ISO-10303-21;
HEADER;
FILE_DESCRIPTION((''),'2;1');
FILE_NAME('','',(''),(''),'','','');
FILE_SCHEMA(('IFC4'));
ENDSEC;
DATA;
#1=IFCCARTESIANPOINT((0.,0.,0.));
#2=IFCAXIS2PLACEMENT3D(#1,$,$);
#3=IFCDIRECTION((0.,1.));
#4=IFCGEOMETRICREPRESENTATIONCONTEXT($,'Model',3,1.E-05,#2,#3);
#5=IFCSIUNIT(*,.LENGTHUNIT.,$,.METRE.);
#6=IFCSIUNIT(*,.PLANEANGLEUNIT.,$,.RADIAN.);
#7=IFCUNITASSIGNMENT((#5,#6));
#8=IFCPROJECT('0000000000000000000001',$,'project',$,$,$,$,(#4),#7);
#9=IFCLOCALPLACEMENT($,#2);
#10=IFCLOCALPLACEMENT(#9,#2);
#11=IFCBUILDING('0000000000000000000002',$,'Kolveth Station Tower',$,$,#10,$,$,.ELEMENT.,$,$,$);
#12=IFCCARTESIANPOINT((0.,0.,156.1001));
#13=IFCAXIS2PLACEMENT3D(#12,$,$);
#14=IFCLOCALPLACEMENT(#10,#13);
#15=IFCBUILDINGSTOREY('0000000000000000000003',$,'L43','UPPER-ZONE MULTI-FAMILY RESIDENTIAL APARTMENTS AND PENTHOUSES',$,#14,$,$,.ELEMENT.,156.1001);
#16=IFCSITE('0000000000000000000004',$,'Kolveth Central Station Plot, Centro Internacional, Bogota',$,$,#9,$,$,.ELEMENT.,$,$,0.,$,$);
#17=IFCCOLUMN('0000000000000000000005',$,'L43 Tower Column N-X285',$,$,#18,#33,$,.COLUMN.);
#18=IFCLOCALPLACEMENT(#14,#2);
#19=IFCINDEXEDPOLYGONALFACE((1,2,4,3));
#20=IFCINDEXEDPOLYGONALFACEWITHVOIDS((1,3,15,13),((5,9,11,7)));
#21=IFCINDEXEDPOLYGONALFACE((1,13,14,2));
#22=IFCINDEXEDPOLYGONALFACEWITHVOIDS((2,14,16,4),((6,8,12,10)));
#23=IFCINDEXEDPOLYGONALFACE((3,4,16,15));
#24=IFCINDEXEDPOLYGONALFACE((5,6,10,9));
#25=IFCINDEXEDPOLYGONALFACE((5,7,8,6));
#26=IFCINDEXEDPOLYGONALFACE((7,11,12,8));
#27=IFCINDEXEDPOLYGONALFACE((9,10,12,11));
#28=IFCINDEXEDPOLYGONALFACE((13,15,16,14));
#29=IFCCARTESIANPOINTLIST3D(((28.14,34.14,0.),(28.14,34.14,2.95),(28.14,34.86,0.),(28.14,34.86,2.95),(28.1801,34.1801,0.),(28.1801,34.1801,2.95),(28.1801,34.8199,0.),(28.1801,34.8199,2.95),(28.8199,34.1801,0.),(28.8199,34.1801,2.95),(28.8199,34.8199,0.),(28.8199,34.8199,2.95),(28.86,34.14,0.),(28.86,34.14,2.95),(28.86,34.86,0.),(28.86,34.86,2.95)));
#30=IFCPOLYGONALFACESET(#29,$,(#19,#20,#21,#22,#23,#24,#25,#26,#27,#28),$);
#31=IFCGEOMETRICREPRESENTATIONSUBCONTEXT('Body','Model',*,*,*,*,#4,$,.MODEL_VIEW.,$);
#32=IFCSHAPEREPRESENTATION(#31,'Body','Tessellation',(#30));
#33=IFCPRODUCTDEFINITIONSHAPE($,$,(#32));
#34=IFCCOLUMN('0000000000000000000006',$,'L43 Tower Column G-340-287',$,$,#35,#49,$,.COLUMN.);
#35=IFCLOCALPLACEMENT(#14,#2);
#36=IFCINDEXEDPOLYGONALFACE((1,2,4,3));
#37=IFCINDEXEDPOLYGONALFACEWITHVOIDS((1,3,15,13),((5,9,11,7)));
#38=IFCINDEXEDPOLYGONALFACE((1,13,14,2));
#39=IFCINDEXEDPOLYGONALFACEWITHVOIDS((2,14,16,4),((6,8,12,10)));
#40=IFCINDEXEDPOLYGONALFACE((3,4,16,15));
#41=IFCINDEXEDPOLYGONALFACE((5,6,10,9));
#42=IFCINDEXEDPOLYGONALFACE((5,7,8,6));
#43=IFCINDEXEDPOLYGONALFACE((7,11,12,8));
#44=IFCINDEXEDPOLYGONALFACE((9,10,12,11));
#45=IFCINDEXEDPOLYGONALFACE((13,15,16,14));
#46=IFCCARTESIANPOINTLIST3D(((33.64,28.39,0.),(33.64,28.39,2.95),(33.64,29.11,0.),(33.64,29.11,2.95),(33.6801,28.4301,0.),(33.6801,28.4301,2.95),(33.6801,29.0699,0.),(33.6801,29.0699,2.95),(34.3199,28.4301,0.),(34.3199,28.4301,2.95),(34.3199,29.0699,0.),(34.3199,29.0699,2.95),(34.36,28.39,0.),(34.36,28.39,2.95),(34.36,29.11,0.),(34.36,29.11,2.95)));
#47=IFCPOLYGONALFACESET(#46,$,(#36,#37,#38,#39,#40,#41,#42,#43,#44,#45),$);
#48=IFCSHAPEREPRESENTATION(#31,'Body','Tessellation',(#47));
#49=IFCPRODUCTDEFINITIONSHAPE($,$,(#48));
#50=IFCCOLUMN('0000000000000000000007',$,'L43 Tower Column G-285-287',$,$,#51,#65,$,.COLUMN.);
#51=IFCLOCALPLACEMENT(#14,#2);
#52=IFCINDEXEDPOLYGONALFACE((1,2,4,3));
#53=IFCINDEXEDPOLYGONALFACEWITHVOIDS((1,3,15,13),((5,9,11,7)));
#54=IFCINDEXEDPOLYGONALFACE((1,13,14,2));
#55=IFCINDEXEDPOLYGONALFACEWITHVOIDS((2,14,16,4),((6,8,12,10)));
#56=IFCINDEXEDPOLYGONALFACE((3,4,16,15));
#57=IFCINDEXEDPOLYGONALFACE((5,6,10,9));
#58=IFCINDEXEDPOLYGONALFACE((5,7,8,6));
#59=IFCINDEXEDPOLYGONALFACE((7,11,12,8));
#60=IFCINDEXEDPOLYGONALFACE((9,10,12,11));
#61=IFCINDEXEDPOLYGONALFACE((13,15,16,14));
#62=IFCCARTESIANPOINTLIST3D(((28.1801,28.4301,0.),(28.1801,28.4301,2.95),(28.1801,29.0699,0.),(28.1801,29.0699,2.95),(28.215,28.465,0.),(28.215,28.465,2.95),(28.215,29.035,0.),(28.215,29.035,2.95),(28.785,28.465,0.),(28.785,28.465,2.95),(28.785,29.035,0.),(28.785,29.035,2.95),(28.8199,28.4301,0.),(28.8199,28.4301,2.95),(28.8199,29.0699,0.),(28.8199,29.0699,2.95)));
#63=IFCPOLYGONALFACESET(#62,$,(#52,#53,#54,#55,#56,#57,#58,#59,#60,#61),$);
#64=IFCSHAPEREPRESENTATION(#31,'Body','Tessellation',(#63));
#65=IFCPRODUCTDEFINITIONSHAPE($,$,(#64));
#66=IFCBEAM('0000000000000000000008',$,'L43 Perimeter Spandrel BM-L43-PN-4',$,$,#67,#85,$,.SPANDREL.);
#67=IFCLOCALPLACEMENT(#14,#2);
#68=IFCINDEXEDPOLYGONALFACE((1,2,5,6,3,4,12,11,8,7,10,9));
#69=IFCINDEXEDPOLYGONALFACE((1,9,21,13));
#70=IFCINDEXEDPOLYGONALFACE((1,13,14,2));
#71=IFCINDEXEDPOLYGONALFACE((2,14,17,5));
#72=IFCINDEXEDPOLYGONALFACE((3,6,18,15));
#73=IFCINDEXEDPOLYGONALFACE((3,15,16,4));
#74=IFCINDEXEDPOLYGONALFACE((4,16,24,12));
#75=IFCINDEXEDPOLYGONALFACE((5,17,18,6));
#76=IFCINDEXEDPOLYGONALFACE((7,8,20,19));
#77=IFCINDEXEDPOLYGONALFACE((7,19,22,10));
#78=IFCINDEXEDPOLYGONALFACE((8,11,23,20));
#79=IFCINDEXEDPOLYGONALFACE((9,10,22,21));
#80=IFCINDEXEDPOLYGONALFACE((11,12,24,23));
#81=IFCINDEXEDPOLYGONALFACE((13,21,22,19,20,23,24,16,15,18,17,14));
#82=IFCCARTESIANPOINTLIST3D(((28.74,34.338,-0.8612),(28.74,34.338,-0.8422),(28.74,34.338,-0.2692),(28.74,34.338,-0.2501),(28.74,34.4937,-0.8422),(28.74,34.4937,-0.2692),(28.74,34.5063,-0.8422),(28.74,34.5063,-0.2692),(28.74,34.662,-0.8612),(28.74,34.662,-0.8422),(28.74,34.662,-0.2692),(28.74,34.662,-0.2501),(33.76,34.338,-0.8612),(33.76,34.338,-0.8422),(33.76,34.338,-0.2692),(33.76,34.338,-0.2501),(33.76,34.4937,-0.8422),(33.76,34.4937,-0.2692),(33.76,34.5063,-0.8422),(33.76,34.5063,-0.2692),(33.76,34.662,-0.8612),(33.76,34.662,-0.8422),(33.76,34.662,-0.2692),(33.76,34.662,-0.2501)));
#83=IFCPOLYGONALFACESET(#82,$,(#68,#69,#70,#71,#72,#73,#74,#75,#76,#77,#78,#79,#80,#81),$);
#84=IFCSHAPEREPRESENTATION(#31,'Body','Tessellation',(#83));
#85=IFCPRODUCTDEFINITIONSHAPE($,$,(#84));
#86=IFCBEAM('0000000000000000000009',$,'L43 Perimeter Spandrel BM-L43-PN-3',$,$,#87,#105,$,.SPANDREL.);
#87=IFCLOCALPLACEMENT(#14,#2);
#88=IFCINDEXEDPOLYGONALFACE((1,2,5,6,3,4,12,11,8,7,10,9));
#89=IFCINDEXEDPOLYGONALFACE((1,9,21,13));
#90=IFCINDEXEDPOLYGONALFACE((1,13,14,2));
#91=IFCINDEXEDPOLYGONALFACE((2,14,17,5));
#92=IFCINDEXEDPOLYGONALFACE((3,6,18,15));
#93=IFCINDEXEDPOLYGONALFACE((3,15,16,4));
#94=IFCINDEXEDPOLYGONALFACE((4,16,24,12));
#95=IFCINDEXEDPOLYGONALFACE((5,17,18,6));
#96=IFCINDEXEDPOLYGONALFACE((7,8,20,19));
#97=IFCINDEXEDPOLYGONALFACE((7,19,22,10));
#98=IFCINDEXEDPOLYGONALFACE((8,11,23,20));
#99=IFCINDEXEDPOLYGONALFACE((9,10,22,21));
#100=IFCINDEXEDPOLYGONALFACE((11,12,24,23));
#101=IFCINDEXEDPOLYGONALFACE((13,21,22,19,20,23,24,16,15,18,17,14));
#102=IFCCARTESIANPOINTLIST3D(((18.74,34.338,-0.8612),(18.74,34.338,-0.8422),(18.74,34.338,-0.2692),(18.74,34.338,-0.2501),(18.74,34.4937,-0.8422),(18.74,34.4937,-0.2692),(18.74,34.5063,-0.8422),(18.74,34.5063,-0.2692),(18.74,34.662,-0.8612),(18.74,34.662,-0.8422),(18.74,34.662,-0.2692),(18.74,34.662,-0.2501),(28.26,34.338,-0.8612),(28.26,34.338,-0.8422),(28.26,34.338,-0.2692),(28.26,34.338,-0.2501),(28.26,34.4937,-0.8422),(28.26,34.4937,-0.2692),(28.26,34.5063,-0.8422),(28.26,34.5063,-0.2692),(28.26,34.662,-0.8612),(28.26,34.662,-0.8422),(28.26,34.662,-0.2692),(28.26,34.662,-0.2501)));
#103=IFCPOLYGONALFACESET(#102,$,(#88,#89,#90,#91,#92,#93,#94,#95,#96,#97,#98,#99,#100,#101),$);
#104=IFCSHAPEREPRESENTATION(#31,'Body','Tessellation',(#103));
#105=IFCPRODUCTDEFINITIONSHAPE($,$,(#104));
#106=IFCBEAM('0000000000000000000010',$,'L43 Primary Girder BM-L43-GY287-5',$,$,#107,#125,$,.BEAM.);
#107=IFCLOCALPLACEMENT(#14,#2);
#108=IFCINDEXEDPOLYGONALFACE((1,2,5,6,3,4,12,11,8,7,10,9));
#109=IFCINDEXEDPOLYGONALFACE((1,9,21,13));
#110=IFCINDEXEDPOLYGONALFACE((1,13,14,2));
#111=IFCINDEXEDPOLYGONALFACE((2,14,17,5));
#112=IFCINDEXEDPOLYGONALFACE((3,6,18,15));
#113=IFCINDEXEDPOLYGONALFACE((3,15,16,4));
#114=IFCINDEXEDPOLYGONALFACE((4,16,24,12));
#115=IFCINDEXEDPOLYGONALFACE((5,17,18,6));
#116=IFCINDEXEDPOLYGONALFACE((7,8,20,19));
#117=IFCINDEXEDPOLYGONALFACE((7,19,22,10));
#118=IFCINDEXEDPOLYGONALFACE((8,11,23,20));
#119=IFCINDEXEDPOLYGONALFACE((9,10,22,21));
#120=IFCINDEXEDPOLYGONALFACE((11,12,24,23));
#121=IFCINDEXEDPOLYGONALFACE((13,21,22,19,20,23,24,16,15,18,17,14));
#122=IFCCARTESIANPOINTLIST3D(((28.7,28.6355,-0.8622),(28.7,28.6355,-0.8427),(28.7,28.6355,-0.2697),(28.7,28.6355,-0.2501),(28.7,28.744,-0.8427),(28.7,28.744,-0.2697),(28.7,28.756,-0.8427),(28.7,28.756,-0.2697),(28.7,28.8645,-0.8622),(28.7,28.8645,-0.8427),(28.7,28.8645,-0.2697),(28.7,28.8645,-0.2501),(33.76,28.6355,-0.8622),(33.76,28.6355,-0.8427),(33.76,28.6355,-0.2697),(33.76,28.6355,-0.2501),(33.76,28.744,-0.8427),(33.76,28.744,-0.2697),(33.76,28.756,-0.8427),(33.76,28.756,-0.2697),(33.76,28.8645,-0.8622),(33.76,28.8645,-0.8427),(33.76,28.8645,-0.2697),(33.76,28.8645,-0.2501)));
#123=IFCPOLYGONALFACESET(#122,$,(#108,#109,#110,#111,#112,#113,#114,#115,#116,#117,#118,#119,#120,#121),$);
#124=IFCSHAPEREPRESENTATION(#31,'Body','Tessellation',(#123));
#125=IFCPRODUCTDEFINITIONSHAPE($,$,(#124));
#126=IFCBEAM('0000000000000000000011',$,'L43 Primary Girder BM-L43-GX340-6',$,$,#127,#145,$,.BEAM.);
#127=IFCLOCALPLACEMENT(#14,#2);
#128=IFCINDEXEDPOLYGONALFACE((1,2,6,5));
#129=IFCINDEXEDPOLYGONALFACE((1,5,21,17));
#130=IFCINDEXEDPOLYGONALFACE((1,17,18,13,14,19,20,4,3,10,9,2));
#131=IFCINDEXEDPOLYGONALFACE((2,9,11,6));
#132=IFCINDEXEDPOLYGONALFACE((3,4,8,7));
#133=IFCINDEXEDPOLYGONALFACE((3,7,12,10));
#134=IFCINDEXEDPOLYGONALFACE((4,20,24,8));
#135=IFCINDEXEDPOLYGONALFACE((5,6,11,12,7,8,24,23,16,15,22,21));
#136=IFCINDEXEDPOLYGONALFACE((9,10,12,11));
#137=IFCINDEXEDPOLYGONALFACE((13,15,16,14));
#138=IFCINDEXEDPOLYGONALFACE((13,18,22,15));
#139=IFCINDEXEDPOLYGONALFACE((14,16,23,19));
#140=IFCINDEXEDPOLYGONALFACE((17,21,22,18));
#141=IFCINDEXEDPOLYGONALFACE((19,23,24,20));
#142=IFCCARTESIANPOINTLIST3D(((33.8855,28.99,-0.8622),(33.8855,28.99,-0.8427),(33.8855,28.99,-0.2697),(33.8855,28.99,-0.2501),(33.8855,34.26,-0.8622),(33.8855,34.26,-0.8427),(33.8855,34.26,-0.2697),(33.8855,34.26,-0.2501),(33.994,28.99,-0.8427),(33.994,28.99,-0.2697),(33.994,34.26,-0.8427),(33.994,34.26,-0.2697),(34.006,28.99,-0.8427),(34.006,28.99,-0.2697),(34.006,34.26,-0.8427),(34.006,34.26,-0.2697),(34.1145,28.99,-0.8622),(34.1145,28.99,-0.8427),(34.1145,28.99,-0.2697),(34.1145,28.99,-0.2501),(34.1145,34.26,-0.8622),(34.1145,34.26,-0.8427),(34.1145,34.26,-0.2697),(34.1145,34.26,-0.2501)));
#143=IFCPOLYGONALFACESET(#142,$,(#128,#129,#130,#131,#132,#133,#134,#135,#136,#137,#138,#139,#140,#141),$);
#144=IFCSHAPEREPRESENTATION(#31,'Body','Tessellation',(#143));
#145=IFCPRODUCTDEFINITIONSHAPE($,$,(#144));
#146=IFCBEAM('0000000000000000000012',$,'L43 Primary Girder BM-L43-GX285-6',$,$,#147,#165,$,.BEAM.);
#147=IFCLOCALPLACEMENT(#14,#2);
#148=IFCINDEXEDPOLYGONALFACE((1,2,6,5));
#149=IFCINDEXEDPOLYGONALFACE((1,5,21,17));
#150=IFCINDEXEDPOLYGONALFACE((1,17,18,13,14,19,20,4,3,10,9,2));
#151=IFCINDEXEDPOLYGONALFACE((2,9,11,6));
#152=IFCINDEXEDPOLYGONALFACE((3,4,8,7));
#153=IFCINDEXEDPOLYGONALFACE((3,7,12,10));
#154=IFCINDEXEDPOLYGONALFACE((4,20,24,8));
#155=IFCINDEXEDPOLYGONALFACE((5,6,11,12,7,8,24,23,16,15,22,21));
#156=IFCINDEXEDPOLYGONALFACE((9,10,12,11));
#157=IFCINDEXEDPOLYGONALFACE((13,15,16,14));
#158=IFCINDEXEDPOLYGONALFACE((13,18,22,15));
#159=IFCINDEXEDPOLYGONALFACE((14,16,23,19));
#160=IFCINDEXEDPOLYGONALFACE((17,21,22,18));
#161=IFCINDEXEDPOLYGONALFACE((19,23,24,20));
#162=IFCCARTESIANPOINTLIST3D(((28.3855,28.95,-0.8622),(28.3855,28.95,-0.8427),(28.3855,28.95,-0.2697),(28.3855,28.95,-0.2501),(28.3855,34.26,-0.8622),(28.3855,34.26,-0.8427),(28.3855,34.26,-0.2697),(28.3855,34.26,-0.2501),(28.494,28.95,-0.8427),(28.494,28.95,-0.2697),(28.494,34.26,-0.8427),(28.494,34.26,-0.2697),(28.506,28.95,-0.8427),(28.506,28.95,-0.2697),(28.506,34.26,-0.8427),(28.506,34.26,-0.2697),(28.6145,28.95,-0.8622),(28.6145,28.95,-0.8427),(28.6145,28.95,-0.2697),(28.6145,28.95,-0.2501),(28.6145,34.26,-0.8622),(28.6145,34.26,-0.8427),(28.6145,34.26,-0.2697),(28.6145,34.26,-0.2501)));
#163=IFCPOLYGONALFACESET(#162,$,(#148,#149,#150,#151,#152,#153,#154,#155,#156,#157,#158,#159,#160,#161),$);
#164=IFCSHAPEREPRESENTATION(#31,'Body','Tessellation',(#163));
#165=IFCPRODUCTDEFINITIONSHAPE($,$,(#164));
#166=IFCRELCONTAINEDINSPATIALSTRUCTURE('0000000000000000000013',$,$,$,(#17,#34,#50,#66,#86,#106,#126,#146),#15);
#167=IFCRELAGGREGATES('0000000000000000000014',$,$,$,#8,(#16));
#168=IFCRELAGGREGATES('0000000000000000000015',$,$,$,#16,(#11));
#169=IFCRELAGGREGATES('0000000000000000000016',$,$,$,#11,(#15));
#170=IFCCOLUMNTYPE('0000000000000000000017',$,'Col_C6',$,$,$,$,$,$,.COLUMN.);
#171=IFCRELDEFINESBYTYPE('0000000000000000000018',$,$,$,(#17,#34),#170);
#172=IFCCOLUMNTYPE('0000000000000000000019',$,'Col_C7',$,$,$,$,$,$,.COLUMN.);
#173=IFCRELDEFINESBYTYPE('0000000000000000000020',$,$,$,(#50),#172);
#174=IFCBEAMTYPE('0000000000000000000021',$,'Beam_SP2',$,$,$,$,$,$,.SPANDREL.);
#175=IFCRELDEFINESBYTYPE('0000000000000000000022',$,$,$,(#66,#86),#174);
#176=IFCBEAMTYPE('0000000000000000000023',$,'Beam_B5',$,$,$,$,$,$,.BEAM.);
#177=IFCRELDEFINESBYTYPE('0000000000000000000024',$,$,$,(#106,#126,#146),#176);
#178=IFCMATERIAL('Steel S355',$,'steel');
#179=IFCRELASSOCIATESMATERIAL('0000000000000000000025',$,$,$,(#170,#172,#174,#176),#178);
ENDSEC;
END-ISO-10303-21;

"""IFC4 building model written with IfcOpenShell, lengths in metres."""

from ifc_helpers import new_model, si_unit, direction, frame, origin, origin_2d, place, context, subcontext, project, spatial, hollow_rectangle, i_section, extrude, source, transform, mapped, material, material_profile, profile_set, type_object, element, save


model = new_model("IFC4")

# Units and contexts
model_context = context("Model", 3, precision=1e-05, world=origin(), true_north=direction((0.0, 1.0)))
body_context = subcontext(model_context, "Body", "Model", "MODEL_VIEW")
ifc_project = project(units=[si_unit("LENGTHUNIT", "METRE"), si_unit("PLANEANGLEUNIT", "RADIAN")], contexts=[model_context])

# Site, building, storey
site_placement = place(None, origin())
site = spatial("IfcSite", under=ifc_project, at=site_placement, Name="Kolveth Central Station Plot, Centro Internacional, Bogota", CompositionType="ELEMENT", RefElevation=0.0)
building_placement = place(site_placement, origin())
building = spatial("IfcBuilding", under=site, at=building_placement, Name="Kolveth Station Tower", CompositionType="ELEMENT")
storey_placement = place(building_placement, frame((0.0, 0.0, 156.1001)))
storey = spatial("IfcBuildingStorey", under=building, at=storey_placement, Name="L43", Description="UPPER-ZONE MULTI-FAMILY RESIDENTIAL APARTMENTS AND PENTHOUSES", CompositionType="ELEMENT", Elevation=156.1001)

# Columns
ifc_material_1 = material(Name="Steel S355", Category="steel")
ifc_material_profile_1 = material_profile(ifc_material_1, hollow_rectangle(XDim=0.72, YDim=0.72, WallThickness=0.04, at=origin_2d()), Name="BOX720x720x40")
ifc_profile_set_1 = profile_set([ifc_material_profile_1], Name="Steel S355")
column_type_1 = type_object("IfcColumnType", Name="Col_C6", PredefinedType="COLUMN", material=ifc_profile_set_1)
shared_shape_1 = source(origin(), body_context, "Body", "SweptSolid", [
    extrude(hollow_rectangle(XDim=0.72, YDim=0.72, WallThickness=0.04, at=origin_2d()), origin(), (0.0, 0.0, 1.0), 2.95),
])
for number, where, z_axis, x_axis, name in (
    (1, (28.5, 34.5, 0.0), (0.0, 0.0, 1.0), (1.0, 0.0, 0.0), "L43 Tower Column N-X285"),
    (2, (34.0, 28.75, 0.0), (0.0, 0.0, 1.0), (1.0, 0.0, 0.0), "L43 Tower Column G-340-287"),
):
    element("IfcColumn", number, at=place(storey_placement, frame(where, z_axis=z_axis, x_axis=x_axis)), inside=storey, type_object=column_type_1, Name=name, PredefinedType="COLUMN", context=body_context, shape_type="MappedRepresentation", body=[
        mapped(shared_shape_1, transform((0.0, 0.0, 0.0), x_axis=(1.0, 0.0, 0.0), y_axis=(0.0, 1.0, 0.0), z_axis=(0.0, 0.0, 1.0), scale=1.0)),
    ])
ifc_material_profile_2 = material_profile(ifc_material_1, hollow_rectangle(XDim=0.6399, YDim=0.6399, WallThickness=0.0349, at=origin_2d()), Name="BOX640x640x35")
ifc_profile_set_2 = profile_set([ifc_material_profile_2], Name="Steel S355")
column_type_2 = type_object("IfcColumnType", Name="Col_C7", PredefinedType="COLUMN", material=ifc_profile_set_2)
shared_shape_2 = source(origin(), body_context, "Body", "SweptSolid", [
    extrude(hollow_rectangle(XDim=0.6399, YDim=0.6399, WallThickness=0.0349, at=origin_2d()), origin(), (0.0, 0.0, 1.0), 2.95),
])
column_placement = place(storey_placement, frame((28.5, 28.75, 0.0), z_axis=(0.0, 0.0, 1.0), x_axis=(1.0, 0.0, 0.0)))
element("IfcColumn", 3, at=column_placement, inside=storey, type_object=column_type_2, Name="L43 Tower Column G-285-287", PredefinedType="COLUMN", context=body_context, shape_type="MappedRepresentation", body=[
    mapped(shared_shape_2, transform((0.0, 0.0, 0.0), x_axis=(1.0, 0.0, 0.0), y_axis=(0.0, 1.0, 0.0), z_axis=(0.0, 0.0, 1.0), scale=1.0)),
])

# Beams
ifc_material_profile_3 = material_profile(ifc_material_1, i_section(OverallWidth=0.324, OverallDepth=0.6111, WebThickness=0.0127, FlangeThickness=0.019, at=origin_2d()), Name="W610x155")
ifc_profile_set_3 = profile_set([ifc_material_profile_3], Name="Steel S355")
beam_type_1 = type_object("IfcBeamType", Name="Beam_SP2", PredefinedType="SPANDREL", material=ifc_profile_set_3)
shared_shape_3 = source(origin(), body_context, "Body", "SweptSolid", [
    extrude(i_section(OverallWidth=0.324, OverallDepth=0.6111, WebThickness=0.0127, FlangeThickness=0.019, at=origin_2d()), origin(), (0.0, 0.0, 1.0), 5.02),
])
beam_1_placement = place(storey_placement, frame((28.74, 34.5, -0.5557), z_axis=(1.0, 0.0, 0.0), x_axis=(0.0, 1.0, 0.0)))
element("IfcBeam", 4, at=beam_1_placement, inside=storey, type_object=beam_type_1, Name="L43 Perimeter Spandrel BM-L43-PN-4", PredefinedType="SPANDREL", context=body_context, shape_type="MappedRepresentation", body=[
    mapped(shared_shape_3, transform((0.0, 0.0, 0.0), x_axis=(1.0, 0.0, 0.0), y_axis=(0.0, 1.0, 0.0), z_axis=(0.0, 0.0, 1.0), scale=1.0)),
])
shared_shape_4 = source(origin(), body_context, "Body", "SweptSolid", [
    extrude(i_section(OverallWidth=0.324, OverallDepth=0.6111, WebThickness=0.0127, FlangeThickness=0.019, at=origin_2d()), origin(), (0.0, 0.0, 1.0), 9.52),
])
beam_2_placement = place(storey_placement, frame((18.74, 34.5, -0.5557), z_axis=(1.0, 0.0, 0.0), x_axis=(0.0, 1.0, 0.0)))
element("IfcBeam", 5, at=beam_2_placement, inside=storey, type_object=beam_type_1, Name="L43 Perimeter Spandrel BM-L43-PN-3", PredefinedType="SPANDREL", context=body_context, shape_type="MappedRepresentation", body=[
    mapped(shared_shape_4, transform((0.0, 0.0, 0.0), x_axis=(1.0, 0.0, 0.0), y_axis=(0.0, 1.0, 0.0), z_axis=(0.0, 0.0, 1.0), scale=1.0)),
])
ifc_material_profile_4 = material_profile(ifc_material_1, i_section(OverallWidth=0.229, OverallDepth=0.6121, WebThickness=0.012, FlangeThickness=0.0195, at=origin_2d()), Name="W610x125")
ifc_profile_set_4 = profile_set([ifc_material_profile_4], Name="Steel S355")
beam_type_2 = type_object("IfcBeamType", Name="Beam_B5", PredefinedType="BEAM", material=ifc_profile_set_4)
shared_shape_5 = source(origin(), body_context, "Body", "SweptSolid", [
    extrude(i_section(OverallWidth=0.229, OverallDepth=0.6121, WebThickness=0.012, FlangeThickness=0.0195, at=origin_2d()), origin(), (0.0, 0.0, 1.0), 5.0601),
])
beam_3_placement = place(storey_placement, frame((28.7, 28.75, -0.5562), z_axis=(1.0, 0.0, 0.0), x_axis=(0.0, 1.0, 0.0)))
element("IfcBeam", 6, at=beam_3_placement, inside=storey, type_object=beam_type_2, Name="L43 Primary Girder BM-L43-GY287-5", PredefinedType="BEAM", context=body_context, shape_type="MappedRepresentation", body=[
    mapped(shared_shape_5, transform((0.0, 0.0, 0.0), x_axis=(1.0, 0.0, 0.0), y_axis=(0.0, 1.0, 0.0), z_axis=(0.0, 0.0, 1.0), scale=1.0)),
])
shared_shape_6 = source(origin(), body_context, "Body", "SweptSolid", [
    extrude(i_section(OverallWidth=0.229, OverallDepth=0.6121, WebThickness=0.012, FlangeThickness=0.0195, at=origin_2d()), origin(), (0.0, 0.0, 1.0), 5.27),
])
beam_4_placement = place(storey_placement, frame((34.0, 28.99, -0.5562), z_axis=(0.0, 1.0, 0.0), x_axis=(-1.0, 0.0, 0.0)))
element("IfcBeam", 7, at=beam_4_placement, inside=storey, type_object=beam_type_2, Name="L43 Primary Girder BM-L43-GX340-6", PredefinedType="BEAM", context=body_context, shape_type="MappedRepresentation", body=[
    mapped(shared_shape_6, transform((0.0, 0.0, 0.0), x_axis=(1.0, 0.0, 0.0), y_axis=(0.0, 1.0, 0.0), z_axis=(0.0, 0.0, 1.0), scale=1.0)),
])
shared_shape_7 = source(origin(), body_context, "Body", "SweptSolid", [
    extrude(i_section(OverallWidth=0.229, OverallDepth=0.6121, WebThickness=0.012, FlangeThickness=0.0195, at=origin_2d()), origin(), (0.0, 0.0, 1.0), 5.3101),
])
beam_5_placement = place(storey_placement, frame((28.5, 28.95, -0.5562), z_axis=(0.0, 1.0, 0.0), x_axis=(-1.0, 0.0, 0.0)))
element("IfcBeam", 8, at=beam_5_placement, inside=storey, type_object=beam_type_2, Name="L43 Primary Girder BM-L43-GX285-6", PredefinedType="BEAM", context=body_context, shape_type="MappedRepresentation", body=[
    mapped(shared_shape_7, transform((0.0, 0.0, 0.0), x_axis=(1.0, 0.0, 0.0), y_axis=(0.0, 1.0, 0.0), z_axis=(0.0, 0.0, 1.0), scale=1.0)),
])

save(model, "model.ifc")
